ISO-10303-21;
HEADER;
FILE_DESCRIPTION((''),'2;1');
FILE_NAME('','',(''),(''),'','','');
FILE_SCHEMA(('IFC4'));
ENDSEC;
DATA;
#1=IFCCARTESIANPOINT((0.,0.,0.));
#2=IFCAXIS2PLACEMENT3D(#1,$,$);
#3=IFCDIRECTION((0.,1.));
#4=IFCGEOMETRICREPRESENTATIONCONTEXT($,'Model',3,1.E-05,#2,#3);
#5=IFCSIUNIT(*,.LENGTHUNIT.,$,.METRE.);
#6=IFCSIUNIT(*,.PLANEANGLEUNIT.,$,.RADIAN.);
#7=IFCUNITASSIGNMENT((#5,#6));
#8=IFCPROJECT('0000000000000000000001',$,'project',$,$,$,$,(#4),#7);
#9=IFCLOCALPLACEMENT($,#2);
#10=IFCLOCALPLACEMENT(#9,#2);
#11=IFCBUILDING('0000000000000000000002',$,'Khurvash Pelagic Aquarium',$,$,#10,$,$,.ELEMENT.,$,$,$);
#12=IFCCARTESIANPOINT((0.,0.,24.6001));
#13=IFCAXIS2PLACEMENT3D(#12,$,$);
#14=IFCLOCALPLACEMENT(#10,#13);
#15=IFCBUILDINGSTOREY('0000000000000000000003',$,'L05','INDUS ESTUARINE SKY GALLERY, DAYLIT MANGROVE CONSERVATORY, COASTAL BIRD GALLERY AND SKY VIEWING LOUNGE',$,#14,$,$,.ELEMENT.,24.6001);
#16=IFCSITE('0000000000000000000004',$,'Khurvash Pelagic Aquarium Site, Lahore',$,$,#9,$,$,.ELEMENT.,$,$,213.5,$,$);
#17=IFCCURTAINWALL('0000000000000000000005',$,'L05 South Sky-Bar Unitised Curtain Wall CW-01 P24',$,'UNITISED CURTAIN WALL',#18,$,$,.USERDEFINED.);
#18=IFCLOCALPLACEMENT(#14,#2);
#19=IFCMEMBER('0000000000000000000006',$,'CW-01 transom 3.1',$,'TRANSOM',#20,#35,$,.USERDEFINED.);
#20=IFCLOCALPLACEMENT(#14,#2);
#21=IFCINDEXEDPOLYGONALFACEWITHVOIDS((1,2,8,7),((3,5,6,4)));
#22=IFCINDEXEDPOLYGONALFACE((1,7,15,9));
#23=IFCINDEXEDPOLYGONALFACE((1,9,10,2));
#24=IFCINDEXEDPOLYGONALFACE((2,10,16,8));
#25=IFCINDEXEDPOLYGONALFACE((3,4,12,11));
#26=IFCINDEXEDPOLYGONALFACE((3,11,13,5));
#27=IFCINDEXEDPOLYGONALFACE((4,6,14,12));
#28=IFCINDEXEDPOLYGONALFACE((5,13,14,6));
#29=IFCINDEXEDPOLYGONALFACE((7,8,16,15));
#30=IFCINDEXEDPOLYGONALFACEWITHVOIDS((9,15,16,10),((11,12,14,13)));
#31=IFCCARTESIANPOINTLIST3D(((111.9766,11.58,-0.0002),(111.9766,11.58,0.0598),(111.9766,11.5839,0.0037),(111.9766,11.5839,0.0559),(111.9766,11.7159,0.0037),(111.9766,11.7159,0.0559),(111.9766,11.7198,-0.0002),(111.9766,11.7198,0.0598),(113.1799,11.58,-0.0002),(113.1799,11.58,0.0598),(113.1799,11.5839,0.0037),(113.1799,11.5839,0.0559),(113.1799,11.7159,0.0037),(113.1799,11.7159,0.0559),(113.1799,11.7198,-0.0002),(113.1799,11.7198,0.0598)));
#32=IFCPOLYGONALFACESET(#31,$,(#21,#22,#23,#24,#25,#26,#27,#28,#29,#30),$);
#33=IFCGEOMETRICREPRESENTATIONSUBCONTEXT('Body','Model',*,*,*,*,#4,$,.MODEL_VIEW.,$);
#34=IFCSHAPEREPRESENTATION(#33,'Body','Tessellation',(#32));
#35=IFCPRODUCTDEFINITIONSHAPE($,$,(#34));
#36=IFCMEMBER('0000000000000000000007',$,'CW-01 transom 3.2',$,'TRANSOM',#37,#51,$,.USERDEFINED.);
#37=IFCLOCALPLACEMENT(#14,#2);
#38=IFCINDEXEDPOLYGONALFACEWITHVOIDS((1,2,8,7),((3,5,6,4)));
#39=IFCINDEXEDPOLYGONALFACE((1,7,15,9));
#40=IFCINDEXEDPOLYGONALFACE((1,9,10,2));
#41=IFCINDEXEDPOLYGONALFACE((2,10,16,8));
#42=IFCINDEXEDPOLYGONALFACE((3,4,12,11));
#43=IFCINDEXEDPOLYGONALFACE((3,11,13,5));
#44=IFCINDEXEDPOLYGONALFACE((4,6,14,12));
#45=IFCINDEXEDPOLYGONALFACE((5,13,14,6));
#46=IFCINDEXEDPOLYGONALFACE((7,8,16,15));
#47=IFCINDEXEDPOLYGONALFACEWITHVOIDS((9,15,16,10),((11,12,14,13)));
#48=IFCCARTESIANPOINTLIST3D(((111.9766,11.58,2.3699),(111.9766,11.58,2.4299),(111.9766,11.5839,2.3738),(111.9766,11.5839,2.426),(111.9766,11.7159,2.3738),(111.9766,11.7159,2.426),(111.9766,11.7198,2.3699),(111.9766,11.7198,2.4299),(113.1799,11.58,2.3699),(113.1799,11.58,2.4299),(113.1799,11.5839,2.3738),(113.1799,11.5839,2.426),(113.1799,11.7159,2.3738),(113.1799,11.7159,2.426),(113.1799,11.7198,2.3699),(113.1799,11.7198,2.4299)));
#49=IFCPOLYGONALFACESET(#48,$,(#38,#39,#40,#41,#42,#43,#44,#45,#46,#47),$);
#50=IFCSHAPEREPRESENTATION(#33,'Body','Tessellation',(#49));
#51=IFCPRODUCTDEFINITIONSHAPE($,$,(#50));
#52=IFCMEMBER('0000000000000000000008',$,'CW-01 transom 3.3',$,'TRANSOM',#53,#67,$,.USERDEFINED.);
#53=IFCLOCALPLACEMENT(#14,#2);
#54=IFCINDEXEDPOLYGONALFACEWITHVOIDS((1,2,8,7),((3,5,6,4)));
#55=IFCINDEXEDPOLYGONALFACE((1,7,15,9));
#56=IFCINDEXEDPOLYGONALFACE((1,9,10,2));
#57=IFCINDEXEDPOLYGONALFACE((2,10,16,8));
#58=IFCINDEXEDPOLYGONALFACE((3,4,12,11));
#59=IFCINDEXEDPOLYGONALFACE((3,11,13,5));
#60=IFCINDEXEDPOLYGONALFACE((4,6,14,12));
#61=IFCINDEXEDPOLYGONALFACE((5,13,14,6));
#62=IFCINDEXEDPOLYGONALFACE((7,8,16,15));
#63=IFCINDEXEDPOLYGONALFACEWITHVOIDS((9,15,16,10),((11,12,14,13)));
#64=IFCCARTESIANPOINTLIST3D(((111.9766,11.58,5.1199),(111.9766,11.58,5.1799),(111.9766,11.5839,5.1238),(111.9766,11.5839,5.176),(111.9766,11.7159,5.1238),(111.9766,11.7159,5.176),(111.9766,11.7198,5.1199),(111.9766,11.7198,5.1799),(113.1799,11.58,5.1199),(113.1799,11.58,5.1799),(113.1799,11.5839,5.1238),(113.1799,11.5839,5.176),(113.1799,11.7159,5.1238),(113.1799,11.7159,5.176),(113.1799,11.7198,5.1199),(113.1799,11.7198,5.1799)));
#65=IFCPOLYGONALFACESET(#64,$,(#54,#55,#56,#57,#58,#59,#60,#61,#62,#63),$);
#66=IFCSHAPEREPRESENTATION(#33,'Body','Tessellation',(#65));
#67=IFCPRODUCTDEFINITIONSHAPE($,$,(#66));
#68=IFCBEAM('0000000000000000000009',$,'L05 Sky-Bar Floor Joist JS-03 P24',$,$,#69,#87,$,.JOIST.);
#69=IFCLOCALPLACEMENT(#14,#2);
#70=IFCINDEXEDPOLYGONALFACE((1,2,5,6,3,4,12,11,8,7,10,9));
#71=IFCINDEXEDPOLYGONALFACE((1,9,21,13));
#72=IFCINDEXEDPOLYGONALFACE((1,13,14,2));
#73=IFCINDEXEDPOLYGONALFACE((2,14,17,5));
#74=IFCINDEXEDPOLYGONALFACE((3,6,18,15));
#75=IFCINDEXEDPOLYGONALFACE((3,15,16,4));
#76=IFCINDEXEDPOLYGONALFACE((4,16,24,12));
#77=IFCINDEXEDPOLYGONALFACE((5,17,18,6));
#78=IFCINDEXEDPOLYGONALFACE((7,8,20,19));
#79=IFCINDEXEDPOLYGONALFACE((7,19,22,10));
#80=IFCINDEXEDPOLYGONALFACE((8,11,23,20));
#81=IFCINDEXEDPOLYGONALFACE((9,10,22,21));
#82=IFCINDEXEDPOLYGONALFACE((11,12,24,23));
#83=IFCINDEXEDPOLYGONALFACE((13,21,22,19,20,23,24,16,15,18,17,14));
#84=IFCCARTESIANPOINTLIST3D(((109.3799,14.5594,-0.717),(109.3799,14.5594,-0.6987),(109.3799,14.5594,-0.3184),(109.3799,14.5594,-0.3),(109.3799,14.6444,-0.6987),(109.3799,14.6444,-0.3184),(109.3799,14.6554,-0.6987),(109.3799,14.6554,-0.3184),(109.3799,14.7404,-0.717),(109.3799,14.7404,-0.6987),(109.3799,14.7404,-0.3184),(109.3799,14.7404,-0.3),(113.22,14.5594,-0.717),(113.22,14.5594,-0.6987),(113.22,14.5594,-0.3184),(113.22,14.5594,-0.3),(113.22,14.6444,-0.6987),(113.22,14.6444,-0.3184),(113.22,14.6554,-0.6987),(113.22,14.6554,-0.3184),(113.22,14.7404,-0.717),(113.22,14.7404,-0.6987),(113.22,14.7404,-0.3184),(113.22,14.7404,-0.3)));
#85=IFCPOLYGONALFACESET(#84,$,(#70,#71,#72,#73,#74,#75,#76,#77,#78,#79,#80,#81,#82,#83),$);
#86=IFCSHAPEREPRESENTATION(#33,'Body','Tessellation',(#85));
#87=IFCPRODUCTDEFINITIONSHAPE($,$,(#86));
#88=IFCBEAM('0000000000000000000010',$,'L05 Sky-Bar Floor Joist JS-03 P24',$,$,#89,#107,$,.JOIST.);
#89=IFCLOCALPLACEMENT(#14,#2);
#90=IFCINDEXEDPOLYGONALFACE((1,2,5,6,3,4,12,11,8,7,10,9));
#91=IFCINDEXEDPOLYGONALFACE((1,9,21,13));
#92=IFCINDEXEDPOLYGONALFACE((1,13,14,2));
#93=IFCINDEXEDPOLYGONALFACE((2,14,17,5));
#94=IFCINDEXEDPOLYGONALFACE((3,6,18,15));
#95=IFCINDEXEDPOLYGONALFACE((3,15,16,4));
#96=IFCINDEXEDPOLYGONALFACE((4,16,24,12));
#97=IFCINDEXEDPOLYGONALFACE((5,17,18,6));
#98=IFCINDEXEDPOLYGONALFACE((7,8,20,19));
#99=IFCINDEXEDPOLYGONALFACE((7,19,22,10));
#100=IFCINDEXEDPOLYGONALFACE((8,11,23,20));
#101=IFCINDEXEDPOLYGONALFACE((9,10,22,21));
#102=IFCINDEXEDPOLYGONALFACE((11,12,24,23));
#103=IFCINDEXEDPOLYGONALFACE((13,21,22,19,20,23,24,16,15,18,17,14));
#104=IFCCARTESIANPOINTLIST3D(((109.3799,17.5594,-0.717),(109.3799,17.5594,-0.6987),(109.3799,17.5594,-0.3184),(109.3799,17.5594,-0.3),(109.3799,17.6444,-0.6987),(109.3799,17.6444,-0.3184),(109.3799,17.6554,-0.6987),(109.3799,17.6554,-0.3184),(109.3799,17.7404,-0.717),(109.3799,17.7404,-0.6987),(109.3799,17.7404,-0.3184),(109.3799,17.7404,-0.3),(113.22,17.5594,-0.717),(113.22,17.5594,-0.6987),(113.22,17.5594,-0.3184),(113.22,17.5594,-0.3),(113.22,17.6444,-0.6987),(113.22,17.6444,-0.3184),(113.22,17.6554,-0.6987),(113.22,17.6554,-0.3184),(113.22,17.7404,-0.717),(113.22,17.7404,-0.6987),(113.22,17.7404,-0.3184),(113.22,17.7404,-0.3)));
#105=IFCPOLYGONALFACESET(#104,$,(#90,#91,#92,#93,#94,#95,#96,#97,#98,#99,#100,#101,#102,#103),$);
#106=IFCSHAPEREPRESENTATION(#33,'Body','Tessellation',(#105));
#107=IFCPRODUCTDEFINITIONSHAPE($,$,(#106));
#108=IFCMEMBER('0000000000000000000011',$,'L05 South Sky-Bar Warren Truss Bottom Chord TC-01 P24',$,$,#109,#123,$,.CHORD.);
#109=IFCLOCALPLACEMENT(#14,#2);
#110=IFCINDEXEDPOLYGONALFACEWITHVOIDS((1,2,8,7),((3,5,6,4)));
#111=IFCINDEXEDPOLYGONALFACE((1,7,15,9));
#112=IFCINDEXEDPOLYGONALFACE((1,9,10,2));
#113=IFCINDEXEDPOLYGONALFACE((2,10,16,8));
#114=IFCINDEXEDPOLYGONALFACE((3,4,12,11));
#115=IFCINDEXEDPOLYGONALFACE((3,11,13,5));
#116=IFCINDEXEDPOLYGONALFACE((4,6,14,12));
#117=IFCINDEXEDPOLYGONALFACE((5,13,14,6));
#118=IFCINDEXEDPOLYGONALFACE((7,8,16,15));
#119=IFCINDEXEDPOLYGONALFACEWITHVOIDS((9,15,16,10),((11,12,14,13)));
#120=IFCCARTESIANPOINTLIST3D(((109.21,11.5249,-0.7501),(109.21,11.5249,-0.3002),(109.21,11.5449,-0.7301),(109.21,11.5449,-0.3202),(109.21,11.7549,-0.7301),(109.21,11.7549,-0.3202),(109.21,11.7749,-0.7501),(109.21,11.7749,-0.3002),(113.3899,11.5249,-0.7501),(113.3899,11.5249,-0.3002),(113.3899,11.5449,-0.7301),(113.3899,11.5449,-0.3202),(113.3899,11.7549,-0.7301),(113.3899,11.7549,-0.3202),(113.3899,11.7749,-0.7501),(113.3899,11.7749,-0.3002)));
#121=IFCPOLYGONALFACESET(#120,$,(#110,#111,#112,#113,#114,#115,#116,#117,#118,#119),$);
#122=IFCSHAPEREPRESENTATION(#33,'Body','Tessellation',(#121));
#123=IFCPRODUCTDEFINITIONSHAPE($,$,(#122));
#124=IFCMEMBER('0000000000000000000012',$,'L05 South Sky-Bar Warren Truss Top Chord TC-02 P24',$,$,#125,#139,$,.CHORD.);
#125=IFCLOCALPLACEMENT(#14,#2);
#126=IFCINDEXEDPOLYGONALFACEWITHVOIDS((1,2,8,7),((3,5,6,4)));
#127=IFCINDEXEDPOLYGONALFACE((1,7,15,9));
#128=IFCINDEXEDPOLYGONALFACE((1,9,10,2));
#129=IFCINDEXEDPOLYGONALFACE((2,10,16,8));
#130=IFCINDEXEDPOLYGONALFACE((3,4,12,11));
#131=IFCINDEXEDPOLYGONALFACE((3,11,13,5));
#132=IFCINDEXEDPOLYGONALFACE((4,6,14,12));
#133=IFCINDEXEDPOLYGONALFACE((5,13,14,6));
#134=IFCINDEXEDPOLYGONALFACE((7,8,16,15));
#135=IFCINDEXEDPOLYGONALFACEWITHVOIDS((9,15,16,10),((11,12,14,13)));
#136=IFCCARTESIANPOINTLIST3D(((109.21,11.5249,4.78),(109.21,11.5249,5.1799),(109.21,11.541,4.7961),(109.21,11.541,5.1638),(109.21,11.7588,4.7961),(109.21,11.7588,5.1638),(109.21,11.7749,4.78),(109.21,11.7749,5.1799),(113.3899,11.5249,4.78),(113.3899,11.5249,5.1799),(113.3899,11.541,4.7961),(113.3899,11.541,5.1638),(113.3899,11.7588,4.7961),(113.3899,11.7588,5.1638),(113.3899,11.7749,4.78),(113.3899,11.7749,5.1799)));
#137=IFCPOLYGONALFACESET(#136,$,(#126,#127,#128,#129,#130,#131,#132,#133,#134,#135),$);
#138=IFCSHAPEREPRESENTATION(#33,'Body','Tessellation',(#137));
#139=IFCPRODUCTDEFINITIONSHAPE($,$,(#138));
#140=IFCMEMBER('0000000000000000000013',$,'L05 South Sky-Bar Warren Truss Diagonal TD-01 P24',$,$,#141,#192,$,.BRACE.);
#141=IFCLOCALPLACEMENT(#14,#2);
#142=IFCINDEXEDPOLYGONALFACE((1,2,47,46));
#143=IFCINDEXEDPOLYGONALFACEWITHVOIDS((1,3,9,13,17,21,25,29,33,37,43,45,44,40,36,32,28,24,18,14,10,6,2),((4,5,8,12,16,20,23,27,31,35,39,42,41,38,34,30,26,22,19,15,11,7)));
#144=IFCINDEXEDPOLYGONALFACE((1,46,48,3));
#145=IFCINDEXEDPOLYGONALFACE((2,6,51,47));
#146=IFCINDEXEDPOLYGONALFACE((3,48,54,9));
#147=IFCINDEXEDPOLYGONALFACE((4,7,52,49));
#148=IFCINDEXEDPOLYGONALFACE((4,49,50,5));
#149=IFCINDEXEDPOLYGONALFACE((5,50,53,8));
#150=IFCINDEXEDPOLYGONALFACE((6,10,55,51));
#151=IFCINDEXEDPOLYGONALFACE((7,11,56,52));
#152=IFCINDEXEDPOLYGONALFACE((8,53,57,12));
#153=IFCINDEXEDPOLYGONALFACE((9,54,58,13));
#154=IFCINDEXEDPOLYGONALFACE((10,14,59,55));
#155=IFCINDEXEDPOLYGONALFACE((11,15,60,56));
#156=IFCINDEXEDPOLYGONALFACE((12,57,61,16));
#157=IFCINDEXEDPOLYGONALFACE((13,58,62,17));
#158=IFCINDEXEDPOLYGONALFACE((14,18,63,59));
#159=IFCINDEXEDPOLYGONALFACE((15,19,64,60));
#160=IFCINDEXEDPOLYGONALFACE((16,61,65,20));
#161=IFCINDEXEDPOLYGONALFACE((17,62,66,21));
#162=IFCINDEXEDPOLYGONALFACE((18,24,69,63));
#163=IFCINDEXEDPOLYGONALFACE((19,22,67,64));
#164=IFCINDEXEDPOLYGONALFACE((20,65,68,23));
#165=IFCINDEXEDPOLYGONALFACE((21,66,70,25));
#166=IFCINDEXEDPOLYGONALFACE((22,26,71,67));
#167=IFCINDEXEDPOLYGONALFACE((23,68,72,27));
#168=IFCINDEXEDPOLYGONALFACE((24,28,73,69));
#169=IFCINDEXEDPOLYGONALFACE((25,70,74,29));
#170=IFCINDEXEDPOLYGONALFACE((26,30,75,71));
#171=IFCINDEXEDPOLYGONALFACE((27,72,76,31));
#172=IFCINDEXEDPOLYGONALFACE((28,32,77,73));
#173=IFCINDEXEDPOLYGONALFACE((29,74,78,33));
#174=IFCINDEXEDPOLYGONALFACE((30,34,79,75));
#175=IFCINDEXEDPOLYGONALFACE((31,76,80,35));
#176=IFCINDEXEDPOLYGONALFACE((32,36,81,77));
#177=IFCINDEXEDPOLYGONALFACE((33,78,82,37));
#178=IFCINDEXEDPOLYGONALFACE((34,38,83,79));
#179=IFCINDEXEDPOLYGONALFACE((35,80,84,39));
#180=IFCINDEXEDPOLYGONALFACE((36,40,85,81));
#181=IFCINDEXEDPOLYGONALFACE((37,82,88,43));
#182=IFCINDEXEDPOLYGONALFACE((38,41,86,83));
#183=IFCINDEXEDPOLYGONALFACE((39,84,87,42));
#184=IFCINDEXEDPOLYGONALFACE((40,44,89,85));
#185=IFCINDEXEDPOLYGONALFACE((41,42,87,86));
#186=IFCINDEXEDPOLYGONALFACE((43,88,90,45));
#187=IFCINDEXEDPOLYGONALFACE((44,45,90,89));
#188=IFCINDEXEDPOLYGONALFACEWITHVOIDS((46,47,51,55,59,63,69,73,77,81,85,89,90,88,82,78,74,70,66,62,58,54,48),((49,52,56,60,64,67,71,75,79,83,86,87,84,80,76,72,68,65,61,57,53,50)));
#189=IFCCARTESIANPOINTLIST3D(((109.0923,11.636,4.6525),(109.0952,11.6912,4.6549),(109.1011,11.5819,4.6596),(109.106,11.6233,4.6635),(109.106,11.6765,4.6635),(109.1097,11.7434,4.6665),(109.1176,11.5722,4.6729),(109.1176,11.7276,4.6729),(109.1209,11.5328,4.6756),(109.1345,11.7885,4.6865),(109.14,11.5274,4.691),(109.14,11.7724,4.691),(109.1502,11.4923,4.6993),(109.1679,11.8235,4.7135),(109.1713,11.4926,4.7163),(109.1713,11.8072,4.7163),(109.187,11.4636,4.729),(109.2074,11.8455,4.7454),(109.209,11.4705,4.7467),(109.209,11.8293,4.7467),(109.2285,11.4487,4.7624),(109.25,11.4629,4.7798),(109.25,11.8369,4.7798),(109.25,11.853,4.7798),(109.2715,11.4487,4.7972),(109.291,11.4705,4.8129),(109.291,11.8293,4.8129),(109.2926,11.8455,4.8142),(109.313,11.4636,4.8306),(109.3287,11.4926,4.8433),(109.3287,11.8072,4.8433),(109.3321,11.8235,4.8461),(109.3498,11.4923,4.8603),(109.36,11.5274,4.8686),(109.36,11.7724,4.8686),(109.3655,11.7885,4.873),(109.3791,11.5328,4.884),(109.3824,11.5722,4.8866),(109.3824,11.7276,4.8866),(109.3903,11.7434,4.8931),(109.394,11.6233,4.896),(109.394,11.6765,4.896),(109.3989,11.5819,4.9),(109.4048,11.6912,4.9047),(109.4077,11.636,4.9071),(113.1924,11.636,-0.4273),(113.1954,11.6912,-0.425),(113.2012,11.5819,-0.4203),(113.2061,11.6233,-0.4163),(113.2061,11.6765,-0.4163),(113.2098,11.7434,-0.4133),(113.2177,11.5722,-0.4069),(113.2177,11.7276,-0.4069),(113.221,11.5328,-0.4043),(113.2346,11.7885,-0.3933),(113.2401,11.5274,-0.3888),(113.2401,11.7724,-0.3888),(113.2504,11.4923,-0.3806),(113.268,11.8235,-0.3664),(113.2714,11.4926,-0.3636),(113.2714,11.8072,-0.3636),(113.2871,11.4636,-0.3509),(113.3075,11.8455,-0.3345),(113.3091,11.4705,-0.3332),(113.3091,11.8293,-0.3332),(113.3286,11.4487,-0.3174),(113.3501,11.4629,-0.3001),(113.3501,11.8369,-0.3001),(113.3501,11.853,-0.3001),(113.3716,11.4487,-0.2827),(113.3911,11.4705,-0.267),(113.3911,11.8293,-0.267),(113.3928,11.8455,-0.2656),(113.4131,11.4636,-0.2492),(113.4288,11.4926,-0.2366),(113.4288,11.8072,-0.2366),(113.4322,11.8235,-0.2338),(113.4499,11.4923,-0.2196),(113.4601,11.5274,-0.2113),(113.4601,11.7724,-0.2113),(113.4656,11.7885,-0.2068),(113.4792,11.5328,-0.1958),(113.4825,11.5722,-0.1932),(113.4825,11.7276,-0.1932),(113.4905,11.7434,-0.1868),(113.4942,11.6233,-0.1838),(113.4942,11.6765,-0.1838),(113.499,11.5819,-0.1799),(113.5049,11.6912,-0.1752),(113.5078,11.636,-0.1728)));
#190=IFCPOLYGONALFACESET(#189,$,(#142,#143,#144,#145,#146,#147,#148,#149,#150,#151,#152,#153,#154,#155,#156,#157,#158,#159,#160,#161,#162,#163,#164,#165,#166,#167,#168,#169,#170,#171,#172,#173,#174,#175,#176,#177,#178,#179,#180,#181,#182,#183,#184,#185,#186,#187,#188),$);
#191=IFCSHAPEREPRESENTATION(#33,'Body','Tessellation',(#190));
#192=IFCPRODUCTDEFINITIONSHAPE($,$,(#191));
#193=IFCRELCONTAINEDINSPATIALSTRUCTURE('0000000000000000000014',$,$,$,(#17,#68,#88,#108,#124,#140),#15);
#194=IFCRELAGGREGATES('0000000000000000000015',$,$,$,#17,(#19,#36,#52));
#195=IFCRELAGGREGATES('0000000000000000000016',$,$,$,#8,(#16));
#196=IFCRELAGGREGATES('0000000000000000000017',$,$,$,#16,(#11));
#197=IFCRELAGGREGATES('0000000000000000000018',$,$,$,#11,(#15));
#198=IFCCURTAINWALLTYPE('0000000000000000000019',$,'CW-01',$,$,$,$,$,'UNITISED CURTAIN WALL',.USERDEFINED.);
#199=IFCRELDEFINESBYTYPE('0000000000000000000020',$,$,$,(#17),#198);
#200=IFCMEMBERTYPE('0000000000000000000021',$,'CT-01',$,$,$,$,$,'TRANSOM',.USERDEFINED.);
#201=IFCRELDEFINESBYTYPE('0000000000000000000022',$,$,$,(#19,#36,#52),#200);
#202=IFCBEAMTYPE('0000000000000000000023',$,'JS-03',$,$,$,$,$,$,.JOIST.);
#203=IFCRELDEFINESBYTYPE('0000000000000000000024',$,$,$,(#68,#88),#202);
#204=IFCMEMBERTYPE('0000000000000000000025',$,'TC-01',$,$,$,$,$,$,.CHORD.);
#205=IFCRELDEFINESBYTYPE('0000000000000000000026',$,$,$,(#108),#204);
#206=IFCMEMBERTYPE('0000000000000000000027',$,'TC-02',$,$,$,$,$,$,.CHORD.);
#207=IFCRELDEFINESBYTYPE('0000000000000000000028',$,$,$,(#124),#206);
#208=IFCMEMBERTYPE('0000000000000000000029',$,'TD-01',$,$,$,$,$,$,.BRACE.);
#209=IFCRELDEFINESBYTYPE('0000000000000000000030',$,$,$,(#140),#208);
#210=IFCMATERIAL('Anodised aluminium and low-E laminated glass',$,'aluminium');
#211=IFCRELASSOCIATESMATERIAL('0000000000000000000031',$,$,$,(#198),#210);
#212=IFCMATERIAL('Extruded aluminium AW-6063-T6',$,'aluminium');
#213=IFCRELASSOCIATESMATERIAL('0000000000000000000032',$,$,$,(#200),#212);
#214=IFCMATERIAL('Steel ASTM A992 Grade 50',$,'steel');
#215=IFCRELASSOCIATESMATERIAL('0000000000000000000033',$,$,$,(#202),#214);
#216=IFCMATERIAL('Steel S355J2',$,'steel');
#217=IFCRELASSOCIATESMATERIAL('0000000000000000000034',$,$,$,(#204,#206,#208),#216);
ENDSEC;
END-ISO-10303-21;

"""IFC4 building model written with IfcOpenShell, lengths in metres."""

from ifc_helpers import new_model, si_unit, direction, frame, origin, origin_2d, place, context, subcontext, project, spatial, hollow_rectangle, hollow_circle, i_section, extrude, material, material_profile, profile_set, type_object, element, aggregate, save


model = new_model("IFC4")

# Units and contexts
model_context = context("Model", 3, precision=1e-05, world=origin(), true_north=direction((0.0, 1.0)))
body_context = subcontext(model_context, "Body", "Model", "MODEL_VIEW")
ifc_project = project(units=[si_unit("LENGTHUNIT", "METRE"), si_unit("PLANEANGLEUNIT", "RADIAN")], contexts=[model_context])

# Site, building, storey
site_placement = place(None, origin())
site = spatial("IfcSite", under=ifc_project, at=site_placement, Name="Khurvash Pelagic Aquarium Site, Lahore", CompositionType="ELEMENT", RefElevation=213.5)
building_placement = place(site_placement, origin())
building = spatial("IfcBuilding", under=site, at=building_placement, Name="Khurvash Pelagic Aquarium", CompositionType="ELEMENT")
storey_placement = place(building_placement, frame((0.0, 0.0, 24.6001)))
storey = spatial("IfcBuildingStorey", under=building, at=storey_placement, Name="L05", Description="INDUS ESTUARINE SKY GALLERY, DAYLIT MANGROVE CONSERVATORY, COASTAL BIRD GALLERY AND SKY VIEWING LOUNGE", CompositionType="ELEMENT", Elevation=24.6001)

# Shared definitions
ifc_material_1 = material(Name="Steel ASTM A992 Grade 50", Category="steel")

# Curtain wall, members
ifc_material_2 = material(Name="Anodised aluminium and low-E laminated glass", Category="aluminium")
curtain_wall_type = type_object("IfcCurtainWallType", Name="CW-01", ElementType="UNITISED CURTAIN WALL", PredefinedType="USERDEFINED", material=ifc_material_2)
curtain_wall_placement = place(storey_placement, origin())
curtain_wall = element("IfcCurtainWall", 1, at=curtain_wall_placement, inside=storey, type_object=curtain_wall_type, Name="L05 South Sky-Bar Unitised Curtain Wall CW-01 P24", ObjectType="UNITISED CURTAIN WALL", PredefinedType="USERDEFINED")
ifc_material_3 = material(Name="Extruded aluminium AW-6063-T6", Category="aluminium")
ifc_material_profile_1 = material_profile(ifc_material_3, hollow_rectangle(XDim=0.1399, YDim=0.0601, WallThickness=0.0039, at=origin_2d()), Name="CWT140X60X4")
ifc_profile_set_1 = profile_set([ifc_material_profile_1], Name="Extruded aluminium AW-6063-T6")
member_type_1 = type_object("IfcMemberType", Name="CT-01", ElementType="TRANSOM", PredefinedType="USERDEFINED", material=ifc_profile_set_1)
member_1_placement = place(storey_placement, frame((111.9766, 11.6499, 0.0298), z_axis=(1.0, 0.0, 0.0), x_axis=(0.0, 1.0, 0.0)))
member_1 = element("IfcMember", 2, at=member_1_placement, type_object=member_type_1, Name="CW-01 transom 3.1", ObjectType="TRANSOM", PredefinedType="USERDEFINED", context=body_context, shape_type="SweptSolid", body=[
    extrude(hollow_rectangle(XDim=0.1399, YDim=0.0601, WallThickness=0.0039, at=origin_2d()), origin(), (0.0, 0.0, 1.0), 1.2034),
])
member_2_placement = place(storey_placement, frame((111.9766, 11.6499, 2.3999), z_axis=(1.0, 0.0, 0.0), x_axis=(0.0, 1.0, 0.0)))
member_2 = element("IfcMember", 3, at=member_2_placement, type_object=member_type_1, Name="CW-01 transom 3.2", ObjectType="TRANSOM", PredefinedType="USERDEFINED", context=body_context, shape_type="SweptSolid", body=[
    extrude(hollow_rectangle(XDim=0.1399, YDim=0.0601, WallThickness=0.0039, at=origin_2d()), origin(), (0.0, 0.0, 1.0), 1.2034),
])
member_3_placement = place(storey_placement, frame((111.9766, 11.6499, 5.1499), z_axis=(1.0, 0.0, 0.0), x_axis=(0.0, 1.0, 0.0)))
member_3 = element("IfcMember", 4, at=member_3_placement, type_object=member_type_1, Name="CW-01 transom 3.3", ObjectType="TRANSOM", PredefinedType="USERDEFINED", context=body_context, shape_type="SweptSolid", body=[
    extrude(hollow_rectangle(XDim=0.1399, YDim=0.0601, WallThickness=0.0039, at=origin_2d()), origin(), (0.0, 0.0, 1.0), 1.2034),
])

# Beams
ifc_material_profile_2 = material_profile(ifc_material_1, i_section(OverallWidth=0.1809, OverallDepth=0.417, WebThickness=0.011, FlangeThickness=0.0183, at=origin_2d()), Name="W16X57")
ifc_profile_set_2 = profile_set([ifc_material_profile_2], Name="Steel ASTM A992 Grade 50")
beam_type_1 = type_object("IfcBeamType", Name="JS-03", PredefinedType="JOIST", material=ifc_profile_set_2)
for number, where, z_axis, x_axis, name in (
    (5, (109.3799, 14.6499, -0.5085), (1.0, 0.0, 0.0), (0.0, 1.0, 0.0), "L05 Sky-Bar Floor Joist JS-03 P24"),
    (6, (109.3799, 17.6499, -0.5085), (1.0, 0.0, 0.0), (0.0, 1.0, 0.0), "L05 Sky-Bar Floor Joist JS-03 P24"),
):
    element("IfcBeam", number, at=place(storey_placement, frame(where, z_axis=z_axis, x_axis=x_axis)), inside=storey, type_object=beam_type_1, Name=name, PredefinedType="JOIST", context=body_context, shape_type="SweptSolid", body=[
        extrude(i_section(OverallWidth=0.1809, OverallDepth=0.417, WebThickness=0.011, FlangeThickness=0.0183, at=origin_2d()), origin(), (0.0, 0.0, 1.0), 3.8401),
    ])

# Members
ifc_material_4 = material(Name="Steel S355J2", Category="steel")
ifc_material_profile_3 = material_profile(ifc_material_4, hollow_rectangle(XDim=0.25, YDim=0.45, WallThickness=0.02, at=origin_2d()), Name="RHS450X250X20")
ifc_profile_set_3 = profile_set([ifc_material_profile_3], Name="Steel S355J2")
member_type_2 = type_object("IfcMemberType", Name="TC-01", PredefinedType="CHORD", material=ifc_profile_set_3)
member_4_placement = place(storey_placement, frame((109.21, 11.6499, -0.5251), z_axis=(1.0, 0.0, 0.0), x_axis=(0.0, 1.0, 0.0)))
element("IfcMember", 7, at=member_4_placement, inside=storey, type_object=member_type_2, Name="L05 South Sky-Bar Warren Truss Bottom Chord TC-01 P24", PredefinedType="CHORD", context=body_context, shape_type="SweptSolid", body=[
    extrude(hollow_rectangle(XDim=0.25, YDim=0.45, WallThickness=0.02, at=origin_2d()), origin(), (0.0, 0.0, 1.0), 4.1799),
])
ifc_material_profile_4 = material_profile(ifc_material_4, hollow_rectangle(XDim=0.25, YDim=0.3999, WallThickness=0.0161, at=origin_2d()), Name="RHS400X250X16")
ifc_profile_set_4 = profile_set([ifc_material_profile_4], Name="Steel S355J2")
member_type_3 = type_object("IfcMemberType", Name="TC-02", PredefinedType="CHORD", material=ifc_profile_set_4)
member_5_placement = place(storey_placement, frame((109.21, 11.6499, 4.98), z_axis=(1.0, 0.0, 0.0), x_axis=(0.0, 1.0, 0.0)))
element("IfcMember", 8, at=member_5_placement, inside=storey, type_object=member_type_3, Name="L05 South Sky-Bar Warren Truss Top Chord TC-02 P24", PredefinedType="CHORD", context=body_context, shape_type="SweptSolid", body=[
    extrude(hollow_rectangle(XDim=0.25, YDim=0.3999, WallThickness=0.0161, at=origin_2d()), origin(), (0.0, 0.0, 1.0), 4.1799),
])
ifc_material_profile_5 = material_profile(ifc_material_4, hollow_circle(Radius=0.2031, WallThickness=0.0161, at=origin_2d()), Name="CHS406X16")
ifc_profile_set_5 = profile_set([ifc_material_profile_5], Name="Steel S355J2")
member_type_4 = type_object("IfcMemberType", Name="TD-01", PredefinedType="BRACE", material=ifc_profile_set_5)
member_6_placement = place(storey_placement, frame((109.25, 11.6499, 4.7798), z_axis=(0.628073, 0.0, -0.778154), x_axis=(0.0, 1.0, 0.0)))
element("IfcMember", 9, at=member_6_placement, inside=storey, type_object=member_type_4, Name="L05 South Sky-Bar Warren Truss Diagonal TD-01 P24", PredefinedType="BRACE", context=body_context, shape_type="SweptSolid", body=[
    extrude(hollow_circle(Radius=0.2031, WallThickness=0.0161, at=origin_2d()), origin(), (0.0, 0.0, 1.0), 6.5281),
])

aggregate(curtain_wall, [member_1, member_2, member_3])

save(model, "model.ifc")
